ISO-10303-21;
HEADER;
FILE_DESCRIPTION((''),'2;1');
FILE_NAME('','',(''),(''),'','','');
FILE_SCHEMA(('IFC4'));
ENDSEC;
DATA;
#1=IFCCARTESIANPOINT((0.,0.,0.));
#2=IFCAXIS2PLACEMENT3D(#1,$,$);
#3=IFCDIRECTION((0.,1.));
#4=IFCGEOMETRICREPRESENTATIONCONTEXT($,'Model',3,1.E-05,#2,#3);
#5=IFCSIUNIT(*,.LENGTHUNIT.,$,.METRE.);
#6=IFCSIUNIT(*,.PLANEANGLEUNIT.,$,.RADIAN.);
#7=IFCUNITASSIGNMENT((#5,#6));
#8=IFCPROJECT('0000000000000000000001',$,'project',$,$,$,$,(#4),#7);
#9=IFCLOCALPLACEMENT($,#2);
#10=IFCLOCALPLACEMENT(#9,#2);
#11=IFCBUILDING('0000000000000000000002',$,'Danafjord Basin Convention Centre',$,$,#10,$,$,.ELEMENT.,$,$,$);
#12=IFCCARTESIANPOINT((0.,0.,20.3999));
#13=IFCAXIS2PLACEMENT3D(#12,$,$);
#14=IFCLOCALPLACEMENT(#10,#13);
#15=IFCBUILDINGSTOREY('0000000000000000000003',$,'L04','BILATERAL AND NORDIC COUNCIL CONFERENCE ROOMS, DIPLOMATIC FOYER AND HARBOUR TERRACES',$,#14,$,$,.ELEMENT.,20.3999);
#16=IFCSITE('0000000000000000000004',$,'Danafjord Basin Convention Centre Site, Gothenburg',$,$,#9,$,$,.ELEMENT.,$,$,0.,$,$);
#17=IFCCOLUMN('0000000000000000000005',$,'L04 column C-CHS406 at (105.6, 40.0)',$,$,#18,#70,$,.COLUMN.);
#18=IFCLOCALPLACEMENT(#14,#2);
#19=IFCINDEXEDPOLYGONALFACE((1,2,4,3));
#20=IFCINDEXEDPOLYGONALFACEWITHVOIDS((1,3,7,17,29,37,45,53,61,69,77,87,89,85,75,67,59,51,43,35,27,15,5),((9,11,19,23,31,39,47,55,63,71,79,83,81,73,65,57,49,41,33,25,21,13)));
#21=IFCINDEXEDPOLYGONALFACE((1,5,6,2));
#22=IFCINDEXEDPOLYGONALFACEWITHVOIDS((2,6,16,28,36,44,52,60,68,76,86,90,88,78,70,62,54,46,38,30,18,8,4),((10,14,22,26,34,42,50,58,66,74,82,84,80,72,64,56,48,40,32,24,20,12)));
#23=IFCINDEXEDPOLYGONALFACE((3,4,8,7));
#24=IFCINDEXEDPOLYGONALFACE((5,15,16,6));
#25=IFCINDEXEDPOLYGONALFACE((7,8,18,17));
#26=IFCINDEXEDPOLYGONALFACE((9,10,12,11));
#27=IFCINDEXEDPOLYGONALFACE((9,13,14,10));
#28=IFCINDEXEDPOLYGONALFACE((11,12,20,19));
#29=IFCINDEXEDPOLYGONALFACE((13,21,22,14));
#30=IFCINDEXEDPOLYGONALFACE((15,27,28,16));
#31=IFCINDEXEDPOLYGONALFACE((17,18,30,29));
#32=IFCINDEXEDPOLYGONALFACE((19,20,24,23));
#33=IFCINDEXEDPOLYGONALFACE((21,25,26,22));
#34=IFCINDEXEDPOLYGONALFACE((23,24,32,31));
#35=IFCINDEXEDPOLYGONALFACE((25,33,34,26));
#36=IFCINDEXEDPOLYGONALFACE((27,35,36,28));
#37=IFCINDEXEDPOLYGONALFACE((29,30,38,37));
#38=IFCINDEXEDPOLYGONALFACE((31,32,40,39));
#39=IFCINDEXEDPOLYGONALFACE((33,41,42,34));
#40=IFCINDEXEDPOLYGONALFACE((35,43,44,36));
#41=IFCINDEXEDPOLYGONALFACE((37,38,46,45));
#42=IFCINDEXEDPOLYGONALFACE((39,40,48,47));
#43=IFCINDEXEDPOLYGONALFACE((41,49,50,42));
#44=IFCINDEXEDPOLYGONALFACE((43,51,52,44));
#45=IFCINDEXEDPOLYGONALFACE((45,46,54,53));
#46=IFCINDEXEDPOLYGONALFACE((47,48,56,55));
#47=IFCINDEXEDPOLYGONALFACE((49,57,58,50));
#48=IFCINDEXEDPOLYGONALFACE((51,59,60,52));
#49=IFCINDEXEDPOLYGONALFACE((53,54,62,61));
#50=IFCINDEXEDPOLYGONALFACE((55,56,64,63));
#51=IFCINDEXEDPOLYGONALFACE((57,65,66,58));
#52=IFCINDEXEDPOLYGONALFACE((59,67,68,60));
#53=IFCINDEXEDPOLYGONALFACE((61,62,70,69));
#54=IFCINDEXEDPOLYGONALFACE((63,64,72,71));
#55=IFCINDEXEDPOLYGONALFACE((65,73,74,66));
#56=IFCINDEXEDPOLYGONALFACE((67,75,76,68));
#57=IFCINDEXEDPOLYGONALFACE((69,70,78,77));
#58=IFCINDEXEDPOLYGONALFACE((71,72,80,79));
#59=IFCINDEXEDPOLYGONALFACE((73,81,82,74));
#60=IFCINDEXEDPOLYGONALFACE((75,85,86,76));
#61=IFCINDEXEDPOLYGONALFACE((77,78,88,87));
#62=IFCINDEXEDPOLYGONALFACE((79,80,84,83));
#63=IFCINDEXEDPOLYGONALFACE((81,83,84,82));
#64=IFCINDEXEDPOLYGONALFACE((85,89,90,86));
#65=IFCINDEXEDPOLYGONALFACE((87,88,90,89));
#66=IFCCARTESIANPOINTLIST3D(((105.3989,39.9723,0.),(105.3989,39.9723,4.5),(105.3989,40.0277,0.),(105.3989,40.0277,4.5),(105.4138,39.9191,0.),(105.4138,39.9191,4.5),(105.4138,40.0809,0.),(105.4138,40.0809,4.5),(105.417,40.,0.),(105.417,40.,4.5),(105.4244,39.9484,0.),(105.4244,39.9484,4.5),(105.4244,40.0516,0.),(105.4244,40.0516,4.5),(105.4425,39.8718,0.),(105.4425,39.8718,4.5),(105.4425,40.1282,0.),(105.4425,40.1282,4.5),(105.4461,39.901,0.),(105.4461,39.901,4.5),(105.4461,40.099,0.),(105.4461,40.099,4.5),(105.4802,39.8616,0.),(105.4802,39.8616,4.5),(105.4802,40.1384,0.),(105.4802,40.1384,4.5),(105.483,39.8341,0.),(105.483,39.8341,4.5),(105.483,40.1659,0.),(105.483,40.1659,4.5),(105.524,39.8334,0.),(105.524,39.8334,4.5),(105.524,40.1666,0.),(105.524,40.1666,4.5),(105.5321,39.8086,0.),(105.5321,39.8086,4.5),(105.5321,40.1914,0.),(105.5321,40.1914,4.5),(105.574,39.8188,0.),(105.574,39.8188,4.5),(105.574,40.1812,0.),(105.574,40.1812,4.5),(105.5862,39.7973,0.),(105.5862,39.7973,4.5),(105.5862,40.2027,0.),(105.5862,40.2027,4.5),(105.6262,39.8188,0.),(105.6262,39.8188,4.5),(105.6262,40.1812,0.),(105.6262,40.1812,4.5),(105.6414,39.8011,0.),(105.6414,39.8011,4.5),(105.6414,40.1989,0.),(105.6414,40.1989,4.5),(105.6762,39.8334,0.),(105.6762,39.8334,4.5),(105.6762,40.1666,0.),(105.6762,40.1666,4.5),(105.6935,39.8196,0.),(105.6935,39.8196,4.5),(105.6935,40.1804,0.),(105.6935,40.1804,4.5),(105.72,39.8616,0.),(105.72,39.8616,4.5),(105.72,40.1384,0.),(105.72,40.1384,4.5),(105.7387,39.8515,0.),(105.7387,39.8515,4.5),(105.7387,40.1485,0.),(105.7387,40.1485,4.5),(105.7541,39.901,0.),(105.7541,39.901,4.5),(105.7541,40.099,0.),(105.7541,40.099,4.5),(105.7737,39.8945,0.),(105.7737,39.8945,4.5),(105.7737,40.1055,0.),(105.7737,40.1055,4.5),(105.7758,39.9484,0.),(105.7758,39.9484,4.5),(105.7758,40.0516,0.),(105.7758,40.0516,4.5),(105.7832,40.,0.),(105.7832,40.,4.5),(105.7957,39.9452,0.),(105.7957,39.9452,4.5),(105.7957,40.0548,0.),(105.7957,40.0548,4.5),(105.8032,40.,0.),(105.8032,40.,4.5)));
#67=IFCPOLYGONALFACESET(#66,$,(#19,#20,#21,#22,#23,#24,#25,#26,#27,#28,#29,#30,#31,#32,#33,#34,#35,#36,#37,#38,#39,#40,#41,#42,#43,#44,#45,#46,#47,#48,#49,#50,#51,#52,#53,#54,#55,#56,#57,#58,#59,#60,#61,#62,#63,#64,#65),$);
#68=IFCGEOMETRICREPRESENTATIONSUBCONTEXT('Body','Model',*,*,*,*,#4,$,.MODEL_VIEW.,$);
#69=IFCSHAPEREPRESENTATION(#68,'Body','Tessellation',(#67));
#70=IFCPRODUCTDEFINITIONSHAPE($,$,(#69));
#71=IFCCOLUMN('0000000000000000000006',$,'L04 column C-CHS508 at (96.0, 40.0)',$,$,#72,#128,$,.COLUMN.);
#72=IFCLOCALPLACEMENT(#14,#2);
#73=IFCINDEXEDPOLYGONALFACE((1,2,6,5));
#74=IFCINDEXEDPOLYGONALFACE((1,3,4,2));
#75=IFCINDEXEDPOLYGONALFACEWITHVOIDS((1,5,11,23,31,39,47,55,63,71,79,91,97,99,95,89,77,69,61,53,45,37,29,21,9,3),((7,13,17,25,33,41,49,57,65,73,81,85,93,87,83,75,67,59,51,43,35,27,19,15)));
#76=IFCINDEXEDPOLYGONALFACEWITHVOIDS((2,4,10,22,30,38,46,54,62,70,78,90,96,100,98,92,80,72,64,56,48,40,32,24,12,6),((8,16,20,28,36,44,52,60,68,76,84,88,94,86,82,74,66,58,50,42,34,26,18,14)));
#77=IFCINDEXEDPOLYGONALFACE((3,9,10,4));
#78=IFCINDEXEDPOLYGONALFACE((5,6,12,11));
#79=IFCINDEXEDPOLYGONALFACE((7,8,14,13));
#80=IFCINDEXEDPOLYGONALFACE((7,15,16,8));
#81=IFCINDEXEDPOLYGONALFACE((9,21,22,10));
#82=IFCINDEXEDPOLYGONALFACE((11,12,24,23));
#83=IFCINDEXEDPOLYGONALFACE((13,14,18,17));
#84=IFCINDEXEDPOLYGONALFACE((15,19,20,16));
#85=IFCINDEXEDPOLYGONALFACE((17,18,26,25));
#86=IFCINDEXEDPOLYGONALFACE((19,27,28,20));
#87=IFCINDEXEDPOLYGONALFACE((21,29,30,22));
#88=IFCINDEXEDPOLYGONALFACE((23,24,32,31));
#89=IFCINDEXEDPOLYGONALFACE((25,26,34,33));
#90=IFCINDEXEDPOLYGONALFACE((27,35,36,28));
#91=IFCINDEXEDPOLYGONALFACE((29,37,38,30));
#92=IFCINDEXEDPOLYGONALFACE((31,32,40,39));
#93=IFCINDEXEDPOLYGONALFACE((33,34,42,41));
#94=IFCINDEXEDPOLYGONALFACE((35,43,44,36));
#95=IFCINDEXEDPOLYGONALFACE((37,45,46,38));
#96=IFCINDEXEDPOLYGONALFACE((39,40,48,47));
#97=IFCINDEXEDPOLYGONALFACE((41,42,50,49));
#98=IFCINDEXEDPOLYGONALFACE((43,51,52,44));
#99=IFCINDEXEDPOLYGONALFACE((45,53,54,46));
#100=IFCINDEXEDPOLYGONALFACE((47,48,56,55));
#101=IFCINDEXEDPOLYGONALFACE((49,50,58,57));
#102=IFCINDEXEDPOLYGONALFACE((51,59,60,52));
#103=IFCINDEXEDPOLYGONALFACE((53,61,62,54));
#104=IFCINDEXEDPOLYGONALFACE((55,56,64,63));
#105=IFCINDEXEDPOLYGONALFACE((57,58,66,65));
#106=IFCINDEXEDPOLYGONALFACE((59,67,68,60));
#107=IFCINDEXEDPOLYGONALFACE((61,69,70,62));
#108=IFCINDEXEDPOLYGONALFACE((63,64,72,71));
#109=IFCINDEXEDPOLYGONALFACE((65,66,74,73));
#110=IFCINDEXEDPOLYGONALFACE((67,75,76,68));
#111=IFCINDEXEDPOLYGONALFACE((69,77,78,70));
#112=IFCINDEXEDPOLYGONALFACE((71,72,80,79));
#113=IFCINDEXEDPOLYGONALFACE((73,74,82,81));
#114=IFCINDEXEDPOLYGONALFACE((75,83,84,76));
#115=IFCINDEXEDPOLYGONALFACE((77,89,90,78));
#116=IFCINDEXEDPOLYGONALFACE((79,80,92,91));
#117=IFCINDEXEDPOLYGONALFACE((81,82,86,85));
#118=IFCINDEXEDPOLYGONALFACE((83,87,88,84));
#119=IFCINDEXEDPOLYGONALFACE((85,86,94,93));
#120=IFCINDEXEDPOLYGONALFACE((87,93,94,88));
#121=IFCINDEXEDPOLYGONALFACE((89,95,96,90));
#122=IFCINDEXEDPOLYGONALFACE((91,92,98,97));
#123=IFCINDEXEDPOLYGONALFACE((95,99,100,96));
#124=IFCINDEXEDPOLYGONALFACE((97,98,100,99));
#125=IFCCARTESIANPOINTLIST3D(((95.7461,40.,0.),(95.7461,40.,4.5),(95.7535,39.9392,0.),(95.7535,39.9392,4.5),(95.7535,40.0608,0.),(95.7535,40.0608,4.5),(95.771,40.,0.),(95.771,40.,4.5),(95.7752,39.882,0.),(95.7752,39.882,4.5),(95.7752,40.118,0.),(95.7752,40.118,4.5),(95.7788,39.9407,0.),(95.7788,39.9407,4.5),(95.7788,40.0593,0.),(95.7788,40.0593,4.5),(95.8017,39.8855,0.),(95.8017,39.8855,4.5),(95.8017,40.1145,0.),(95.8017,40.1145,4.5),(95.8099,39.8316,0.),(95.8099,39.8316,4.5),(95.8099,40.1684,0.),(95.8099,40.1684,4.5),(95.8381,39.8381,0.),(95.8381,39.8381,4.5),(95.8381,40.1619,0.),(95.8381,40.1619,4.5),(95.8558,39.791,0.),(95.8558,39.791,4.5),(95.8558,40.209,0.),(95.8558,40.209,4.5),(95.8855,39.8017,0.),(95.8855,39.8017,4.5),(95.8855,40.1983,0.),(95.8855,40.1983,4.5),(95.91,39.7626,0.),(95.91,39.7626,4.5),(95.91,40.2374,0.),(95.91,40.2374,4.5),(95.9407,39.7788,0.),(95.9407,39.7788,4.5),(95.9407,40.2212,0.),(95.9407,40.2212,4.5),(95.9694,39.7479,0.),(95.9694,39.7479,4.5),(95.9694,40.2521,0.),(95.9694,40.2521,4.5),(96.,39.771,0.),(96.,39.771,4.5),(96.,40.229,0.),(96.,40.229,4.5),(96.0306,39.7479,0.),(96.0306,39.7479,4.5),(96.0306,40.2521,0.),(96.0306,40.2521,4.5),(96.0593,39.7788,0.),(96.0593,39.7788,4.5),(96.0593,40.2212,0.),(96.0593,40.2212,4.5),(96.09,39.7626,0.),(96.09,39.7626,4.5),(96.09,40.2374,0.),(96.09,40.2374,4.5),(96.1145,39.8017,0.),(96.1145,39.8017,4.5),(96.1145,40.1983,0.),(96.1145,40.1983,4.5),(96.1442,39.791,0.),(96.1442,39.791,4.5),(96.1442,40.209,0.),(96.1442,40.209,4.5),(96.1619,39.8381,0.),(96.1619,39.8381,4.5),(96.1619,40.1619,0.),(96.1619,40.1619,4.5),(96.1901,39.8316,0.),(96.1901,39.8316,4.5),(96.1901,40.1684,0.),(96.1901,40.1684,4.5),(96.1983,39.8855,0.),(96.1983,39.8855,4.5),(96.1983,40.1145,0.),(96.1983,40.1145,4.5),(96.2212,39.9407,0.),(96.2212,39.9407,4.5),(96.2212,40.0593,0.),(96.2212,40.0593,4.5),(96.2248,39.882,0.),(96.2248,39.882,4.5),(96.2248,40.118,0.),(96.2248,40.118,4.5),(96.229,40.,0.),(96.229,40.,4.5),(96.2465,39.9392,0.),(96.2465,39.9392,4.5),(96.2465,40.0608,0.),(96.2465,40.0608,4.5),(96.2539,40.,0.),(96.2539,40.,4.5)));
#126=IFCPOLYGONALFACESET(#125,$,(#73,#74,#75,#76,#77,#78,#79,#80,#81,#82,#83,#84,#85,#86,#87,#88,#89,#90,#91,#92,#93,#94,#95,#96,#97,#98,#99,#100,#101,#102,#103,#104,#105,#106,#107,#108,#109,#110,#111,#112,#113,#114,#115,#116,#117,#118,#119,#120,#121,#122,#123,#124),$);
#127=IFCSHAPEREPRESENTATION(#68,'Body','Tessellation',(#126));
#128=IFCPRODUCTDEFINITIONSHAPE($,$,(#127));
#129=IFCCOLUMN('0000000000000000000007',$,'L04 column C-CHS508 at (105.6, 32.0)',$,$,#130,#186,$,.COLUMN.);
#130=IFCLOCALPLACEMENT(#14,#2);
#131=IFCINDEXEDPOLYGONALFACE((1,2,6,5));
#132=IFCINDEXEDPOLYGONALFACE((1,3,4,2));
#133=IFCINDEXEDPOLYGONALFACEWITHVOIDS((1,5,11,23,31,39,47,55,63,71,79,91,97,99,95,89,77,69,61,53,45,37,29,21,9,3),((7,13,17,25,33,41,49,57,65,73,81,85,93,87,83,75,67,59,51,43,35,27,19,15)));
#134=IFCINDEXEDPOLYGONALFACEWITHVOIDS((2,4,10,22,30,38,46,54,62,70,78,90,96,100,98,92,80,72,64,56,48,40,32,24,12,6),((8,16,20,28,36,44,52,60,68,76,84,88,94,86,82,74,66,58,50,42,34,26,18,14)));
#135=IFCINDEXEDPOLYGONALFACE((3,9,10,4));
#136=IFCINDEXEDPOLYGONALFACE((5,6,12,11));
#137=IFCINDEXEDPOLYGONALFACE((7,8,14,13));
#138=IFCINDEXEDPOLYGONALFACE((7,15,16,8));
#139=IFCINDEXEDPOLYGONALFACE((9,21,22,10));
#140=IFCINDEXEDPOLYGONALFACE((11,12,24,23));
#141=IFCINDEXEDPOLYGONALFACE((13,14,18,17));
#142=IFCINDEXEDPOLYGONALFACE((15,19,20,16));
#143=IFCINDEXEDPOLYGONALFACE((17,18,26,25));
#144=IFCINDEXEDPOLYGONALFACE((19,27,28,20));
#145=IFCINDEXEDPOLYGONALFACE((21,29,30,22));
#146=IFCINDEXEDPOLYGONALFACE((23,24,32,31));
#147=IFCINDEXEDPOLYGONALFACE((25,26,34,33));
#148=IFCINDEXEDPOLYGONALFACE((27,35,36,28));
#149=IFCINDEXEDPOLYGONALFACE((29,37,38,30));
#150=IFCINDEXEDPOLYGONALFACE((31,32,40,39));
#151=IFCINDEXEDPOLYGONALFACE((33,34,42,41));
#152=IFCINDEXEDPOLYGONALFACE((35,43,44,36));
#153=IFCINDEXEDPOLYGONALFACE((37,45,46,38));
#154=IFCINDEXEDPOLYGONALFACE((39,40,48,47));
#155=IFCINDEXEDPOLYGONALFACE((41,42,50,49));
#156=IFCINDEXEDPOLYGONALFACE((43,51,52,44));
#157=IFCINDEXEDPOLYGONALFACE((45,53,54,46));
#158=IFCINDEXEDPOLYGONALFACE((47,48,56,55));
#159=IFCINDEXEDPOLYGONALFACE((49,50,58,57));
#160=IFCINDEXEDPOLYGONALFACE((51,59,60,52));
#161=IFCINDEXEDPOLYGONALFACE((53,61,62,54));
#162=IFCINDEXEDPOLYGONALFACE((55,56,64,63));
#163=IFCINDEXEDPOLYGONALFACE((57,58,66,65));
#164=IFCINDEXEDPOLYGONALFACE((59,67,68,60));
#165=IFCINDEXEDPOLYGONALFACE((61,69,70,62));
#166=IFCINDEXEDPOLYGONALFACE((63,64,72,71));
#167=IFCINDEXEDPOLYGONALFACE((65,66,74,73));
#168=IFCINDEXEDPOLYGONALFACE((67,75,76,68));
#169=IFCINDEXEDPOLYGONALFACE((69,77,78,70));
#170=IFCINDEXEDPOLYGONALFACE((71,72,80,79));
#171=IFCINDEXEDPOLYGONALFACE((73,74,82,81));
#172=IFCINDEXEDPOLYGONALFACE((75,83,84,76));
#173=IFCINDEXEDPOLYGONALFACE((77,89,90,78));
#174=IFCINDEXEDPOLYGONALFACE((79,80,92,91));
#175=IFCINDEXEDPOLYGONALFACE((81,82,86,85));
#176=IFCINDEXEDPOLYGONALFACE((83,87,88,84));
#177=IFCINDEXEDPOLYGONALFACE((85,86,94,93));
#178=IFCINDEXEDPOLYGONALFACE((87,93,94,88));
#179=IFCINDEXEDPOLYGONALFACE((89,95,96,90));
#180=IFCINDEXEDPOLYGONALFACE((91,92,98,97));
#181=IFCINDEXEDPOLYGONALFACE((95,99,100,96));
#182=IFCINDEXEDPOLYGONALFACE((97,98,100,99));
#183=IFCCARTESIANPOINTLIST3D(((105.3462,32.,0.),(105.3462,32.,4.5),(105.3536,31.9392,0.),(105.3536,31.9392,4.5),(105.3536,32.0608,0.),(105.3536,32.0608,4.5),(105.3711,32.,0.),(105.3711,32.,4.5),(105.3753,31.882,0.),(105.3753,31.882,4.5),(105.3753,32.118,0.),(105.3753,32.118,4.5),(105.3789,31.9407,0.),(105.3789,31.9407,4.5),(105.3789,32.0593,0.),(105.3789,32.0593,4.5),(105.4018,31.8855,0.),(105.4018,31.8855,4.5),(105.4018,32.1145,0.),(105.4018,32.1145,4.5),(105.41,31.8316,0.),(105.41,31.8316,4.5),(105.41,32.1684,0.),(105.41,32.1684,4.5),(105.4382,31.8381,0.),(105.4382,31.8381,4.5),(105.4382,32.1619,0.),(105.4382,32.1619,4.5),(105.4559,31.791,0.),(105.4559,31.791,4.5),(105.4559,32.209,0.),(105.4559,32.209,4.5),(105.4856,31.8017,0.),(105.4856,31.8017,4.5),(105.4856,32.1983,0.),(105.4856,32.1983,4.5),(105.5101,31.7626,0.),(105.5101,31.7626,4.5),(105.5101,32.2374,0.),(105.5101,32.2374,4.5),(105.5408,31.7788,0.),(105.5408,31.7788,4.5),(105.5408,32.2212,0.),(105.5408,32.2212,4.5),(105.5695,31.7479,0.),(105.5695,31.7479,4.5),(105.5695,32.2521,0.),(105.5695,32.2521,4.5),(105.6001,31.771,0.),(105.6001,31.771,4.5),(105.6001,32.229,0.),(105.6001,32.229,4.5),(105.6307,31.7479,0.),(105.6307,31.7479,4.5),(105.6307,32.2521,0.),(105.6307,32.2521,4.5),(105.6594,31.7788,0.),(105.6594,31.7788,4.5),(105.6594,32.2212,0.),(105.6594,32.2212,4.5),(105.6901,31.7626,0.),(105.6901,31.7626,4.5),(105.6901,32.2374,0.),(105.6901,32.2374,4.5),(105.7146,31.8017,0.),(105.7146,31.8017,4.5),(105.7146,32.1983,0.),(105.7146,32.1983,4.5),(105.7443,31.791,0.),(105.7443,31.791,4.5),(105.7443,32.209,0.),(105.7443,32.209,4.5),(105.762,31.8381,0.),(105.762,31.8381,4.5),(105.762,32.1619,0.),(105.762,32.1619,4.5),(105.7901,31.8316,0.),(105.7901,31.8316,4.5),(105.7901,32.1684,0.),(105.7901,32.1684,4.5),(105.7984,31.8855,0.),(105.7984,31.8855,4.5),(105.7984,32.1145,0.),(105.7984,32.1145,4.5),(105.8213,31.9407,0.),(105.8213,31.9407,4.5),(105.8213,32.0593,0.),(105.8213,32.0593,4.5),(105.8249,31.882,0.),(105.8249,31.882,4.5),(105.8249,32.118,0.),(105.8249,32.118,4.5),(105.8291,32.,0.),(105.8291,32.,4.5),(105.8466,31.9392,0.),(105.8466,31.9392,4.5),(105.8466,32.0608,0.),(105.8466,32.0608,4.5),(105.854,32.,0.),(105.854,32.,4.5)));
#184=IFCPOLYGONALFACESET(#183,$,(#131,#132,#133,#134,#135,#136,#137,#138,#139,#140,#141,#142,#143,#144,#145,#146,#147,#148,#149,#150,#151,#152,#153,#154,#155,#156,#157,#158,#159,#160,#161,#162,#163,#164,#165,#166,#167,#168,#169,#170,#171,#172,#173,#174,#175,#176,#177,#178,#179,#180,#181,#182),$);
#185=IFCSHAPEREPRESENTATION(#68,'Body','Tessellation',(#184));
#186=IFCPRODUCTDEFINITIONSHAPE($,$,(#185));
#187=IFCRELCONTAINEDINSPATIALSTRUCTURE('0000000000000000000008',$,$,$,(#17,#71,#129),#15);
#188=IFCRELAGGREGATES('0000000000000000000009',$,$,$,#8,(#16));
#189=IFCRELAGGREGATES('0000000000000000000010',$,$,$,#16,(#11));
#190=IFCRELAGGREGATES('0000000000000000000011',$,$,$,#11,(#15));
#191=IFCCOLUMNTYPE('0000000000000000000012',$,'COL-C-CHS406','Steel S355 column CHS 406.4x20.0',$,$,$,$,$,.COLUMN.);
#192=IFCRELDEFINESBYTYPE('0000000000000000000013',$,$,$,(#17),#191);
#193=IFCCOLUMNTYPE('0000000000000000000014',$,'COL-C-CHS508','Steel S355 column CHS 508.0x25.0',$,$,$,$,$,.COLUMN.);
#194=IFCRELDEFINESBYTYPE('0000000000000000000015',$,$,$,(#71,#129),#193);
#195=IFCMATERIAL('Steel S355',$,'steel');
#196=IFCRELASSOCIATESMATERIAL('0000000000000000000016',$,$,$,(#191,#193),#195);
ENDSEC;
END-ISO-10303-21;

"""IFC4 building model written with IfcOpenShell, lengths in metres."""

from ifc_helpers import new_model, si_unit, direction, frame, origin, origin_2d, place, context, subcontext, project, spatial, hollow_circle, extrude, material, material_profile, profile_set, type_object, element, save


model = new_model("IFC4")

# Units and contexts
model_context = context("Model", 3, precision=1e-05, world=origin(), true_north=direction((0.0, 1.0)))
body_context = subcontext(model_context, "Body", "Model", "MODEL_VIEW")
ifc_project = project(units=[si_unit("LENGTHUNIT", "METRE"), si_unit("PLANEANGLEUNIT", "RADIAN")], contexts=[model_context])

# Site, building, storey
site_placement = place(None, origin())
site = spatial("IfcSite", under=ifc_project, at=site_placement, Name="Danafjord Basin Convention Centre Site, Gothenburg", CompositionType="ELEMENT", RefElevation=0.0)
building_placement = place(site_placement, origin())
building = spatial("IfcBuilding", under=site, at=building_placement, Name="Danafjord Basin Convention Centre", CompositionType="ELEMENT")
storey_placement = place(building_placement, frame((0.0, 0.0, 20.3999)))
storey = spatial("IfcBuildingStorey", under=building, at=storey_placement, Name="L04", Description="BILATERAL AND NORDIC COUNCIL CONFERENCE ROOMS, DIPLOMATIC FOYER AND HARBOUR TERRACES", CompositionType="ELEMENT", Elevation=20.3999)

# Columns
ifc_material_1 = material(Name="Steel S355", Category="steel")
ifc_material_profile_1 = material_profile(ifc_material_1, hollow_circle(Radius=0.2031, WallThickness=0.02, at=origin_2d()), Name="CHS 406.4x20.0")
ifc_profile_set_1 = profile_set([ifc_material_profile_1], Name="Steel S355")
column_type_1 = type_object("IfcColumnType", Name="COL-C-CHS406", Description="Steel S355 column CHS 406.4x20.0", PredefinedType="COLUMN", material=ifc_profile_set_1)
column_1_placement = place(storey_placement, frame((105.6001, 40.0, 0.0), z_axis=(0.0, 0.0, 1.0), x_axis=(1.0, 0.0, 0.0)))
element("IfcColumn", 1, at=column_1_placement, inside=storey, type_object=column_type_1, Name="L04 column C-CHS406 at (105.6, 40.0)", PredefinedType="COLUMN", context=body_context, shape_type="SweptSolid", body=[
    extrude(hollow_circle(Radius=0.2031, WallThickness=0.02, at=origin_2d()), origin(), (0.0, 0.0, 1.0), 4.5),
])
ifc_material_profile_2 = material_profile(ifc_material_1, hollow_circle(Radius=0.2539, WallThickness=0.0249, at=origin_2d()), Name="CHS 508.0x25.0")
ifc_profile_set_2 = profile_set([ifc_material_profile_2], Name="Steel S355")
column_type_2 = type_object("IfcColumnType", Name="COL-C-CHS508", Description="Steel S355 column CHS 508.0x25.0", PredefinedType="COLUMN", material=ifc_profile_set_2)
for number, where, z_axis, x_axis, name in (
    (2, (96.0, 40.0, 0.0), (0.0, 0.0, 1.0), (1.0, 0.0, 0.0), "L04 column C-CHS508 at (96.0, 40.0)"),
    (3, (105.6001, 32.0, 0.0), (0.0, 0.0, 1.0), (1.0, 0.0, 0.0), "L04 column C-CHS508 at (105.6, 32.0)"),
):
    element("IfcColumn", number, at=place(storey_placement, frame(where, z_axis=z_axis, x_axis=x_axis)), inside=storey, type_object=column_type_2, Name=name, PredefinedType="COLUMN", context=body_context, shape_type="SweptSolid", body=[
        extrude(hollow_circle(Radius=0.2539, WallThickness=0.0249, at=origin_2d()), origin(), (0.0, 0.0, 1.0), 4.5),
    ])

save(model, "model.ifc")
